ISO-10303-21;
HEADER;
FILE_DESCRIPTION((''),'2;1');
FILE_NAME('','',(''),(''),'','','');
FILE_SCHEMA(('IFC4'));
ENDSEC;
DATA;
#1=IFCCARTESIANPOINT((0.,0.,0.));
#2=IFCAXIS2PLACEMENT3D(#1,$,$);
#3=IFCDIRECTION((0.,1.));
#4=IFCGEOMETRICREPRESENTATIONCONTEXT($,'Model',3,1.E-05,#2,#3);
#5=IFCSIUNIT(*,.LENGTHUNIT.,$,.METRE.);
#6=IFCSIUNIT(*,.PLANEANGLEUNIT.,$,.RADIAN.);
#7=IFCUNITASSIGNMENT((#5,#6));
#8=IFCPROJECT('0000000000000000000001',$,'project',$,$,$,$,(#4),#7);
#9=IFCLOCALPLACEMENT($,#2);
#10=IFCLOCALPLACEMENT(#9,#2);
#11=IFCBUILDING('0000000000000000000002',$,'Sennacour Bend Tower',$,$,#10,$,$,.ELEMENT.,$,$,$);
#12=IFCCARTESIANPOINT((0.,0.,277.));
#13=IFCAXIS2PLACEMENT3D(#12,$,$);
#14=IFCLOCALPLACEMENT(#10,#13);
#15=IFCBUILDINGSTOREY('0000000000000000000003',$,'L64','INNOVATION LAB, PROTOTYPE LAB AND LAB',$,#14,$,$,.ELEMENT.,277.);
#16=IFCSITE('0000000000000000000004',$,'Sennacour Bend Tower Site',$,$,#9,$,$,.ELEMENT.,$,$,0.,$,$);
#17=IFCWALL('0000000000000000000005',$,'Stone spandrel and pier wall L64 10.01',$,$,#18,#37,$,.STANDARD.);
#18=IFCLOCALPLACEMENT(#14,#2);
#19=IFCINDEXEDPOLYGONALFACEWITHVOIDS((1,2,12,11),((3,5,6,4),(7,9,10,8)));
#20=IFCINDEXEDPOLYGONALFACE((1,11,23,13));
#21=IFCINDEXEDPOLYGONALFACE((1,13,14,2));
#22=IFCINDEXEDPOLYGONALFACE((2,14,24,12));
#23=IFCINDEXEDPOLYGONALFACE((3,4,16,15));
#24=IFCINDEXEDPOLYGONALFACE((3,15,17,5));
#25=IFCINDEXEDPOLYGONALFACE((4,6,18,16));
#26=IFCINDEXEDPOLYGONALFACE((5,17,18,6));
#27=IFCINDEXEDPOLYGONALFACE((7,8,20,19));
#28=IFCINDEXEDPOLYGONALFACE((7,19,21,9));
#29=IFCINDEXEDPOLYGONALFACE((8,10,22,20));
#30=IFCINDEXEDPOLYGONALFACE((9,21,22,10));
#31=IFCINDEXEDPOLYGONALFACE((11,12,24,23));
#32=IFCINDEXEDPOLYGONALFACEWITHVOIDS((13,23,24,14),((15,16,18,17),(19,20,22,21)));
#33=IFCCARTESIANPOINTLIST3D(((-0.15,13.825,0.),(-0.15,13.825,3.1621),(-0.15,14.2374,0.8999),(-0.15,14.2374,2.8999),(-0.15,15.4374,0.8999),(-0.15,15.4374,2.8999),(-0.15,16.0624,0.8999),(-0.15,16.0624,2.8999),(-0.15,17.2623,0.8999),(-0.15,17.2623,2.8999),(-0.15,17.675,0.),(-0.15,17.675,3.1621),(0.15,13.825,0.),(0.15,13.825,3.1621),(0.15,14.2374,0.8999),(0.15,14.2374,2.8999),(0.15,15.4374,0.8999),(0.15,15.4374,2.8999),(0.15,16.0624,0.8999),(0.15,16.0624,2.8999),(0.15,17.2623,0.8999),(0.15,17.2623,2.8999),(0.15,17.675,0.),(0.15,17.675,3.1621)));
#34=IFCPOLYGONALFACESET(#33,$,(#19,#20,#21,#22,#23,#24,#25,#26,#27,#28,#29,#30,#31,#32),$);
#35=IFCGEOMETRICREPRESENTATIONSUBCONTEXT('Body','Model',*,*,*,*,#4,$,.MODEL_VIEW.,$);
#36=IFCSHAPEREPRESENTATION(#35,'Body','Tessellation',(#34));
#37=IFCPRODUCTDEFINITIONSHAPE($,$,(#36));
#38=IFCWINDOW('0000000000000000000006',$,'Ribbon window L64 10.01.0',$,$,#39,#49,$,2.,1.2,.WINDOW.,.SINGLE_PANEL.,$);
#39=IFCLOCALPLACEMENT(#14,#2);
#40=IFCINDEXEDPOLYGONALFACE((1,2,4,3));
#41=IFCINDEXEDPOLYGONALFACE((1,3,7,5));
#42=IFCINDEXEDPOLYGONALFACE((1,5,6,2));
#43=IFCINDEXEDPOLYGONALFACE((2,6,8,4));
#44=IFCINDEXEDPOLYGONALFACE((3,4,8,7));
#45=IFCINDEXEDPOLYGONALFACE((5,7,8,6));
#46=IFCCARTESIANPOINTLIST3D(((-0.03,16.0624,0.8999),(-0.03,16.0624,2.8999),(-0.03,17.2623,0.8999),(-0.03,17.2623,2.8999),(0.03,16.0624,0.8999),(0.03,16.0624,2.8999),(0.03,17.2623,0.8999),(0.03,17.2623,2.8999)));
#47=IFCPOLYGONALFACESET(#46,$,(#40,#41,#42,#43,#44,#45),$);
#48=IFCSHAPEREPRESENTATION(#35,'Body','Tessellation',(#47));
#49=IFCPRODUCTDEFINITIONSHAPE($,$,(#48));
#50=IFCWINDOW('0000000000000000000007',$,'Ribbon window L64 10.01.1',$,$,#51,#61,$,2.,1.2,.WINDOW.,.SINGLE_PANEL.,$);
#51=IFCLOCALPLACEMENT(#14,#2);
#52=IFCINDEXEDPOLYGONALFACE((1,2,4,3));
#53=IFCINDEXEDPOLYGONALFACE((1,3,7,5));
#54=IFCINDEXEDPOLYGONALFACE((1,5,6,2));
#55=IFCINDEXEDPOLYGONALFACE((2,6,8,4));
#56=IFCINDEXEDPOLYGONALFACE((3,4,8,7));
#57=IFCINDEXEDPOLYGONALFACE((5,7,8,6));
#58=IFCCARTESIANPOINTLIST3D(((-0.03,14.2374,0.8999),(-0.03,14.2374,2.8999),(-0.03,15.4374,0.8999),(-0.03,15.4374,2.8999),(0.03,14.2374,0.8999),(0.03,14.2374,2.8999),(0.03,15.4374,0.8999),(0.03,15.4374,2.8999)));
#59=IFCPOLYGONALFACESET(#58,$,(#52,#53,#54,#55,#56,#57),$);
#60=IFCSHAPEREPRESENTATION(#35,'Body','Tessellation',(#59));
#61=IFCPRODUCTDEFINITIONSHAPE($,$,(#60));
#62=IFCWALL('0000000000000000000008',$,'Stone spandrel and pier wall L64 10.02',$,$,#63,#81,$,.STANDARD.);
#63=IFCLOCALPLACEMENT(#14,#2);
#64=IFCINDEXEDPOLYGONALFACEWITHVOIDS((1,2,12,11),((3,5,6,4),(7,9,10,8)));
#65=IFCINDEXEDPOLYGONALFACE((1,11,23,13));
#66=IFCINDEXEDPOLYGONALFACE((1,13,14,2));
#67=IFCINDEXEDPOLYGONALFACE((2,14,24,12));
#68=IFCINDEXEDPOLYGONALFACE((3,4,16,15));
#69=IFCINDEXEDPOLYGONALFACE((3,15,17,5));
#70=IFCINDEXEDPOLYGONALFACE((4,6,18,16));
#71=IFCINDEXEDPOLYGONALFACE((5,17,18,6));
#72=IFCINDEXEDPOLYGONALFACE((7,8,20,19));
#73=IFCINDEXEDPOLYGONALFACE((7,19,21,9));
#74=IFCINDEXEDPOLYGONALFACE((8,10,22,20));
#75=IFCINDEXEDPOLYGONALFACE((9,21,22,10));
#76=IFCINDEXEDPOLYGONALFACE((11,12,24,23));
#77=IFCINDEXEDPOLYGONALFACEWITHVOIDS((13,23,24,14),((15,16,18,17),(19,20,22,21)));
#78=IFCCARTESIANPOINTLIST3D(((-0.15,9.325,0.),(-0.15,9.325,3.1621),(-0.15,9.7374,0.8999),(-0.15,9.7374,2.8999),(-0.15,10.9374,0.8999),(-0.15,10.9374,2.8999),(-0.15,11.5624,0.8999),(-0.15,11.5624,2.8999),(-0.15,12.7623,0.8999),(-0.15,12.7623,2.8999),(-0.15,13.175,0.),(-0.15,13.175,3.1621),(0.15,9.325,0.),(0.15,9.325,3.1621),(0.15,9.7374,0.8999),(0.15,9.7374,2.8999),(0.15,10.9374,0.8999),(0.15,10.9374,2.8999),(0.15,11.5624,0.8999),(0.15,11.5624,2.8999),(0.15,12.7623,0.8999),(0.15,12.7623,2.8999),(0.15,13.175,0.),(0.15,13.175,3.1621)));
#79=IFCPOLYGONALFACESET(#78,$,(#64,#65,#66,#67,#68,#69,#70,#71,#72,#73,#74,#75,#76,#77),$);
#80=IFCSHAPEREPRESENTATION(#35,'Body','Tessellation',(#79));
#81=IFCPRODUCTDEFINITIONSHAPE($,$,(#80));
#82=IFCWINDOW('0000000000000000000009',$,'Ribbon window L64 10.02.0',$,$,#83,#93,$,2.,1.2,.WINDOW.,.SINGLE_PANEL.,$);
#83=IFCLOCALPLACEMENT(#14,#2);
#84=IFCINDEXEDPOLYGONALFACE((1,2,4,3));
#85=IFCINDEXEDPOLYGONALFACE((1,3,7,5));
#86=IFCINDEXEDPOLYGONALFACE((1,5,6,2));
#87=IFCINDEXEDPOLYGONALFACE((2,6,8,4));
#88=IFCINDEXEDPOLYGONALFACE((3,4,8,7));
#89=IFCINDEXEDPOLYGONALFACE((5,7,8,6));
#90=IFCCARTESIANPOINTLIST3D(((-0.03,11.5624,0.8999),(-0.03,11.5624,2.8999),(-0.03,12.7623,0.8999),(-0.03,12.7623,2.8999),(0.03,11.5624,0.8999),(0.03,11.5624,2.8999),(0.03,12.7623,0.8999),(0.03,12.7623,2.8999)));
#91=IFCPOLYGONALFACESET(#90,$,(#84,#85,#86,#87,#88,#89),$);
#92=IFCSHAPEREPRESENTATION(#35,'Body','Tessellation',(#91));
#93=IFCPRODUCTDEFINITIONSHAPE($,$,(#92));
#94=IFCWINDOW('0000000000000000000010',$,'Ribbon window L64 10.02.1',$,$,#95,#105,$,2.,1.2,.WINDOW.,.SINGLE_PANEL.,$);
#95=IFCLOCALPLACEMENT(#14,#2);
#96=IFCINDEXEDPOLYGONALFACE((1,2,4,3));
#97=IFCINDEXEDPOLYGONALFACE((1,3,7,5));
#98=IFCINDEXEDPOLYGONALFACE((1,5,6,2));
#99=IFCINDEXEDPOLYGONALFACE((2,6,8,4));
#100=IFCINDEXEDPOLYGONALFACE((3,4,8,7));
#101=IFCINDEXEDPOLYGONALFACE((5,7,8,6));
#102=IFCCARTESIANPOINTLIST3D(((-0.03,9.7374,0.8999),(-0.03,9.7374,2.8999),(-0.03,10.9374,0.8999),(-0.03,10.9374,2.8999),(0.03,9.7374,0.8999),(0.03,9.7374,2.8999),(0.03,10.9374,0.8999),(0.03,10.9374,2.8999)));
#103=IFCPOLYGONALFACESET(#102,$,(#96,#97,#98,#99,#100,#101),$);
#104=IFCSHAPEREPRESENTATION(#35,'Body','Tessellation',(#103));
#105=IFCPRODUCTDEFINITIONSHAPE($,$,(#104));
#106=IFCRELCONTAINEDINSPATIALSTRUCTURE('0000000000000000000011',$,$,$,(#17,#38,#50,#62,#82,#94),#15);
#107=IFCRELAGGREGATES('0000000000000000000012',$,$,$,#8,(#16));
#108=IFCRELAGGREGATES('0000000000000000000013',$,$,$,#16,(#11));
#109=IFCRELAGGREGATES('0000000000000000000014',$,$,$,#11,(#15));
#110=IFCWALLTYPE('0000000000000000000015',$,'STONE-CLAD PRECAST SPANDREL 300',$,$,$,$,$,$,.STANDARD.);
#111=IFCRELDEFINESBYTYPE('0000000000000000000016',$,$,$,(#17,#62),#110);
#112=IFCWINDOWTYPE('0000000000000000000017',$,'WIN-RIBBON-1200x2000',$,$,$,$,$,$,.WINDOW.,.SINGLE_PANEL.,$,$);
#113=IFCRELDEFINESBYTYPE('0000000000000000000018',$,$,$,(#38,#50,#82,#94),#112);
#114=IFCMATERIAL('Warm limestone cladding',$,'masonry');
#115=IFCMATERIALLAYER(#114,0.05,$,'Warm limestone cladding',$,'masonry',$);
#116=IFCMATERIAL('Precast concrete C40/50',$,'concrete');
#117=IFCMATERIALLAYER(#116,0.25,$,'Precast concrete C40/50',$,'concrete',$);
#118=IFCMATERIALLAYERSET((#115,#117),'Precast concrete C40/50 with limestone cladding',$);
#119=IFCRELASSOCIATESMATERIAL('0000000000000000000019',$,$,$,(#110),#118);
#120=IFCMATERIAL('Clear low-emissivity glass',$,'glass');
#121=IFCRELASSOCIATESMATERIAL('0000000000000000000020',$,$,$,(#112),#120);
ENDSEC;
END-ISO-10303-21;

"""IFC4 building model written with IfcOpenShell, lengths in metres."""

from ifc_helpers import new_model, si_unit, direction, frame, frame_2d, origin, place, context, subcontext, project, spatial, rectangle, extrude, material, layer, layer_set, type_object, element, fill, save


model = new_model("IFC4")

# Units and contexts
model_context = context("Model", 3, precision=1e-05, world=origin(), true_north=direction((0.0, 1.0)))
body_context = subcontext(model_context, "Body", "Model", "MODEL_VIEW")
ifc_project = project(units=[si_unit("LENGTHUNIT", "METRE"), si_unit("PLANEANGLEUNIT", "RADIAN")], contexts=[model_context])

# Site, building, storey
site_placement = place(None, origin())
site = spatial("IfcSite", under=ifc_project, at=site_placement, Name="Sennacour Bend Tower Site", CompositionType="ELEMENT", RefElevation=0.0)
building_placement = place(site_placement, origin())
building = spatial("IfcBuilding", under=site, at=building_placement, Name="Sennacour Bend Tower", CompositionType="ELEMENT")
storey_placement = place(building_placement, frame((0.0, 0.0, 277.0)))
storey = spatial("IfcBuildingStorey", under=building, at=storey_placement, Name="L64", Description="INNOVATION LAB, PROTOTYPE LAB AND LAB", CompositionType="ELEMENT", Elevation=277.0)

# Walls, openings, windows
ifc_material_1 = material(Name="Warm limestone cladding", Category="masonry")
ifc_layer_1 = layer(ifc_material_1, 0.05, Name="Warm limestone cladding", Category="masonry")
ifc_material_2 = material(Name="Precast concrete C40/50", Category="concrete")
ifc_layer_2 = layer(ifc_material_2, 0.25, Name="Precast concrete C40/50", Category="concrete")
ifc_layer_set_1 = layer_set([ifc_layer_1, ifc_layer_2], Name="Precast concrete C40/50 with limestone cladding")
wall_type_1 = type_object("IfcWallType", Name="STONE-CLAD PRECAST SPANDREL 300", PredefinedType="STANDARD", material=ifc_layer_set_1)
ifc_material_3 = material(Name="Clear low-emissivity glass", Category="glass")
window_type_1 = type_object("IfcWindowType", Name="WIN-RIBBON-1200x2000", PartitioningType="SINGLE_PANEL", PredefinedType="WINDOW", material=ifc_material_3)
wall_1_placement = place(storey_placement, frame((0.0, 17.675, 0.0), z_axis=(0.0, 0.0, 1.0), x_axis=(0.0, -1.0, 0.0)))
wall_1 = element("IfcWall", 1, at=wall_1_placement, inside=storey, type_object=wall_type_1, Name="Stone spandrel and pier wall L64 10.01", PredefinedType="STANDARD", context=body_context, shape_type="SweptSolid", body=[
    extrude(rectangle(XDim=3.8501, YDim=0.3, at=frame_2d((1.925, 0.0))), origin(), (0.0, 0.0, 1.0), 3.1621),
])
opening_1_placement = place(wall_1_placement, frame((0.4126, 0.0, 0.8999)))
opening_1 = element("IfcOpeningElement", 2, at=opening_1_placement, cuts=wall_1, PredefinedType="OPENING", context=body_context, shape_type="SweptSolid", body=[
    extrude(rectangle(XDim=1.2, YDim=2.0, at=frame_2d((0.6001, 1.0))), frame((0.0, 0.1602, 0.0), z_axis=(0.0, -1.0, 0.0), x_axis=(1.0, 0.0, 0.0)), (0.0, 0.0, 1.0), 0.3201),
])
opening_2_placement = place(wall_1_placement, frame((2.2375, 0.0, 0.8999)))
opening_2 = element("IfcOpeningElement", 3, at=opening_2_placement, cuts=wall_1, PredefinedType="OPENING", context=body_context, shape_type="SweptSolid", body=[
    extrude(rectangle(XDim=1.2, YDim=2.0, at=frame_2d((0.6001, 1.0))), frame((0.0, 0.1602, 0.0), z_axis=(0.0, -1.0, 0.0), x_axis=(1.0, 0.0, 0.0)), (0.0, 0.0, 1.0), 0.3201),
])
window_1_placement = place(opening_1_placement, origin())
window_1 = element("IfcWindow", 4, at=window_1_placement, inside=storey, type_object=window_type_1, Name="Ribbon window L64 10.01.0", OverallHeight=2.0, OverallWidth=1.2, PartitioningType="SINGLE_PANEL", PredefinedType="WINDOW", context=body_context, shape_type="SweptSolid", body=[
    extrude(rectangle(XDim=1.2, YDim=2.0, at=frame_2d((0.6001, 1.0))), frame((0.0, 0.03, 0.0), z_axis=(0.0, -1.0, 0.0), x_axis=(1.0, 0.0, 0.0)), (0.0, 0.0, 1.0), 0.0601),
])
fill(opening_1, window_1)
window_2_placement = place(opening_2_placement, origin())
window_2 = element("IfcWindow", 5, at=window_2_placement, inside=storey, type_object=window_type_1, Name="Ribbon window L64 10.01.1", OverallHeight=2.0, OverallWidth=1.2, PartitioningType="SINGLE_PANEL", PredefinedType="WINDOW", context=body_context, shape_type="SweptSolid", body=[
    extrude(rectangle(XDim=1.2, YDim=2.0, at=frame_2d((0.6001, 1.0))), frame((0.0, 0.03, 0.0), z_axis=(0.0, -1.0, 0.0), x_axis=(1.0, 0.0, 0.0)), (0.0, 0.0, 1.0), 0.0601),
])
fill(opening_2, window_2)
wall_2_placement = place(storey_placement, frame((0.0, 13.175, 0.0), z_axis=(0.0, 0.0, 1.0), x_axis=(0.0, -1.0, 0.0)))
wall_2 = element("IfcWall", 6, at=wall_2_placement, inside=storey, type_object=wall_type_1, Name="Stone spandrel and pier wall L64 10.02", PredefinedType="STANDARD", context=body_context, shape_type="SweptSolid", body=[
    extrude(rectangle(XDim=3.8501, YDim=0.3, at=frame_2d((1.925, 0.0))), origin(), (0.0, 0.0, 1.0), 3.1621),
])
opening_3_placement = place(wall_2_placement, frame((0.4126, 0.0, 0.8999)))
opening_3 = element("IfcOpeningElement", 7, at=opening_3_placement, cuts=wall_2, PredefinedType="OPENING", context=body_context, shape_type="SweptSolid", body=[
    extrude(rectangle(XDim=1.2, YDim=2.0, at=frame_2d((0.6001, 1.0))), frame((0.0, 0.1602, 0.0), z_axis=(0.0, -1.0, 0.0), x_axis=(1.0, 0.0, 0.0)), (0.0, 0.0, 1.0), 0.3201),
])
opening_4_placement = place(wall_2_placement, frame((2.2375, 0.0, 0.8999)))
opening_4 = element("IfcOpeningElement", 8, at=opening_4_placement, cuts=wall_2, PredefinedType="OPENING", context=body_context, shape_type="SweptSolid", body=[
    extrude(rectangle(XDim=1.2, YDim=2.0, at=frame_2d((0.6001, 1.0))), frame((0.0, 0.1602, 0.0), z_axis=(0.0, -1.0, 0.0), x_axis=(1.0, 0.0, 0.0)), (0.0, 0.0, 1.0), 0.3201),
])
window_3_placement = place(opening_3_placement, origin())
window_3 = element("IfcWindow", 9, at=window_3_placement, inside=storey, type_object=window_type_1, Name="Ribbon window L64 10.02.0", OverallHeight=2.0, OverallWidth=1.2, PartitioningType="SINGLE_PANEL", PredefinedType="WINDOW", context=body_context, shape_type="SweptSolid", body=[
    extrude(rectangle(XDim=1.2, YDim=2.0, at=frame_2d((0.6001, 1.0))), frame((0.0, 0.03, 0.0), z_axis=(0.0, -1.0, 0.0), x_axis=(1.0, 0.0, 0.0)), (0.0, 0.0, 1.0), 0.0601),
])
fill(opening_3, window_3)
window_4_placement = place(opening_4_placement, origin())
window_4 = element("IfcWindow", 10, at=window_4_placement, inside=storey, type_object=window_type_1, Name="Ribbon window L64 10.02.1", OverallHeight=2.0, OverallWidth=1.2, PartitioningType="SINGLE_PANEL", PredefinedType="WINDOW", context=body_context, shape_type="SweptSolid", body=[
    extrude(rectangle(XDim=1.2, YDim=2.0, at=frame_2d((0.6001, 1.0))), frame((0.0, 0.03, 0.0), z_axis=(0.0, -1.0, 0.0), x_axis=(1.0, 0.0, 0.0)), (0.0, 0.0, 1.0), 0.0601),
])
fill(opening_4, window_4)

save(model, "model.ifc")
